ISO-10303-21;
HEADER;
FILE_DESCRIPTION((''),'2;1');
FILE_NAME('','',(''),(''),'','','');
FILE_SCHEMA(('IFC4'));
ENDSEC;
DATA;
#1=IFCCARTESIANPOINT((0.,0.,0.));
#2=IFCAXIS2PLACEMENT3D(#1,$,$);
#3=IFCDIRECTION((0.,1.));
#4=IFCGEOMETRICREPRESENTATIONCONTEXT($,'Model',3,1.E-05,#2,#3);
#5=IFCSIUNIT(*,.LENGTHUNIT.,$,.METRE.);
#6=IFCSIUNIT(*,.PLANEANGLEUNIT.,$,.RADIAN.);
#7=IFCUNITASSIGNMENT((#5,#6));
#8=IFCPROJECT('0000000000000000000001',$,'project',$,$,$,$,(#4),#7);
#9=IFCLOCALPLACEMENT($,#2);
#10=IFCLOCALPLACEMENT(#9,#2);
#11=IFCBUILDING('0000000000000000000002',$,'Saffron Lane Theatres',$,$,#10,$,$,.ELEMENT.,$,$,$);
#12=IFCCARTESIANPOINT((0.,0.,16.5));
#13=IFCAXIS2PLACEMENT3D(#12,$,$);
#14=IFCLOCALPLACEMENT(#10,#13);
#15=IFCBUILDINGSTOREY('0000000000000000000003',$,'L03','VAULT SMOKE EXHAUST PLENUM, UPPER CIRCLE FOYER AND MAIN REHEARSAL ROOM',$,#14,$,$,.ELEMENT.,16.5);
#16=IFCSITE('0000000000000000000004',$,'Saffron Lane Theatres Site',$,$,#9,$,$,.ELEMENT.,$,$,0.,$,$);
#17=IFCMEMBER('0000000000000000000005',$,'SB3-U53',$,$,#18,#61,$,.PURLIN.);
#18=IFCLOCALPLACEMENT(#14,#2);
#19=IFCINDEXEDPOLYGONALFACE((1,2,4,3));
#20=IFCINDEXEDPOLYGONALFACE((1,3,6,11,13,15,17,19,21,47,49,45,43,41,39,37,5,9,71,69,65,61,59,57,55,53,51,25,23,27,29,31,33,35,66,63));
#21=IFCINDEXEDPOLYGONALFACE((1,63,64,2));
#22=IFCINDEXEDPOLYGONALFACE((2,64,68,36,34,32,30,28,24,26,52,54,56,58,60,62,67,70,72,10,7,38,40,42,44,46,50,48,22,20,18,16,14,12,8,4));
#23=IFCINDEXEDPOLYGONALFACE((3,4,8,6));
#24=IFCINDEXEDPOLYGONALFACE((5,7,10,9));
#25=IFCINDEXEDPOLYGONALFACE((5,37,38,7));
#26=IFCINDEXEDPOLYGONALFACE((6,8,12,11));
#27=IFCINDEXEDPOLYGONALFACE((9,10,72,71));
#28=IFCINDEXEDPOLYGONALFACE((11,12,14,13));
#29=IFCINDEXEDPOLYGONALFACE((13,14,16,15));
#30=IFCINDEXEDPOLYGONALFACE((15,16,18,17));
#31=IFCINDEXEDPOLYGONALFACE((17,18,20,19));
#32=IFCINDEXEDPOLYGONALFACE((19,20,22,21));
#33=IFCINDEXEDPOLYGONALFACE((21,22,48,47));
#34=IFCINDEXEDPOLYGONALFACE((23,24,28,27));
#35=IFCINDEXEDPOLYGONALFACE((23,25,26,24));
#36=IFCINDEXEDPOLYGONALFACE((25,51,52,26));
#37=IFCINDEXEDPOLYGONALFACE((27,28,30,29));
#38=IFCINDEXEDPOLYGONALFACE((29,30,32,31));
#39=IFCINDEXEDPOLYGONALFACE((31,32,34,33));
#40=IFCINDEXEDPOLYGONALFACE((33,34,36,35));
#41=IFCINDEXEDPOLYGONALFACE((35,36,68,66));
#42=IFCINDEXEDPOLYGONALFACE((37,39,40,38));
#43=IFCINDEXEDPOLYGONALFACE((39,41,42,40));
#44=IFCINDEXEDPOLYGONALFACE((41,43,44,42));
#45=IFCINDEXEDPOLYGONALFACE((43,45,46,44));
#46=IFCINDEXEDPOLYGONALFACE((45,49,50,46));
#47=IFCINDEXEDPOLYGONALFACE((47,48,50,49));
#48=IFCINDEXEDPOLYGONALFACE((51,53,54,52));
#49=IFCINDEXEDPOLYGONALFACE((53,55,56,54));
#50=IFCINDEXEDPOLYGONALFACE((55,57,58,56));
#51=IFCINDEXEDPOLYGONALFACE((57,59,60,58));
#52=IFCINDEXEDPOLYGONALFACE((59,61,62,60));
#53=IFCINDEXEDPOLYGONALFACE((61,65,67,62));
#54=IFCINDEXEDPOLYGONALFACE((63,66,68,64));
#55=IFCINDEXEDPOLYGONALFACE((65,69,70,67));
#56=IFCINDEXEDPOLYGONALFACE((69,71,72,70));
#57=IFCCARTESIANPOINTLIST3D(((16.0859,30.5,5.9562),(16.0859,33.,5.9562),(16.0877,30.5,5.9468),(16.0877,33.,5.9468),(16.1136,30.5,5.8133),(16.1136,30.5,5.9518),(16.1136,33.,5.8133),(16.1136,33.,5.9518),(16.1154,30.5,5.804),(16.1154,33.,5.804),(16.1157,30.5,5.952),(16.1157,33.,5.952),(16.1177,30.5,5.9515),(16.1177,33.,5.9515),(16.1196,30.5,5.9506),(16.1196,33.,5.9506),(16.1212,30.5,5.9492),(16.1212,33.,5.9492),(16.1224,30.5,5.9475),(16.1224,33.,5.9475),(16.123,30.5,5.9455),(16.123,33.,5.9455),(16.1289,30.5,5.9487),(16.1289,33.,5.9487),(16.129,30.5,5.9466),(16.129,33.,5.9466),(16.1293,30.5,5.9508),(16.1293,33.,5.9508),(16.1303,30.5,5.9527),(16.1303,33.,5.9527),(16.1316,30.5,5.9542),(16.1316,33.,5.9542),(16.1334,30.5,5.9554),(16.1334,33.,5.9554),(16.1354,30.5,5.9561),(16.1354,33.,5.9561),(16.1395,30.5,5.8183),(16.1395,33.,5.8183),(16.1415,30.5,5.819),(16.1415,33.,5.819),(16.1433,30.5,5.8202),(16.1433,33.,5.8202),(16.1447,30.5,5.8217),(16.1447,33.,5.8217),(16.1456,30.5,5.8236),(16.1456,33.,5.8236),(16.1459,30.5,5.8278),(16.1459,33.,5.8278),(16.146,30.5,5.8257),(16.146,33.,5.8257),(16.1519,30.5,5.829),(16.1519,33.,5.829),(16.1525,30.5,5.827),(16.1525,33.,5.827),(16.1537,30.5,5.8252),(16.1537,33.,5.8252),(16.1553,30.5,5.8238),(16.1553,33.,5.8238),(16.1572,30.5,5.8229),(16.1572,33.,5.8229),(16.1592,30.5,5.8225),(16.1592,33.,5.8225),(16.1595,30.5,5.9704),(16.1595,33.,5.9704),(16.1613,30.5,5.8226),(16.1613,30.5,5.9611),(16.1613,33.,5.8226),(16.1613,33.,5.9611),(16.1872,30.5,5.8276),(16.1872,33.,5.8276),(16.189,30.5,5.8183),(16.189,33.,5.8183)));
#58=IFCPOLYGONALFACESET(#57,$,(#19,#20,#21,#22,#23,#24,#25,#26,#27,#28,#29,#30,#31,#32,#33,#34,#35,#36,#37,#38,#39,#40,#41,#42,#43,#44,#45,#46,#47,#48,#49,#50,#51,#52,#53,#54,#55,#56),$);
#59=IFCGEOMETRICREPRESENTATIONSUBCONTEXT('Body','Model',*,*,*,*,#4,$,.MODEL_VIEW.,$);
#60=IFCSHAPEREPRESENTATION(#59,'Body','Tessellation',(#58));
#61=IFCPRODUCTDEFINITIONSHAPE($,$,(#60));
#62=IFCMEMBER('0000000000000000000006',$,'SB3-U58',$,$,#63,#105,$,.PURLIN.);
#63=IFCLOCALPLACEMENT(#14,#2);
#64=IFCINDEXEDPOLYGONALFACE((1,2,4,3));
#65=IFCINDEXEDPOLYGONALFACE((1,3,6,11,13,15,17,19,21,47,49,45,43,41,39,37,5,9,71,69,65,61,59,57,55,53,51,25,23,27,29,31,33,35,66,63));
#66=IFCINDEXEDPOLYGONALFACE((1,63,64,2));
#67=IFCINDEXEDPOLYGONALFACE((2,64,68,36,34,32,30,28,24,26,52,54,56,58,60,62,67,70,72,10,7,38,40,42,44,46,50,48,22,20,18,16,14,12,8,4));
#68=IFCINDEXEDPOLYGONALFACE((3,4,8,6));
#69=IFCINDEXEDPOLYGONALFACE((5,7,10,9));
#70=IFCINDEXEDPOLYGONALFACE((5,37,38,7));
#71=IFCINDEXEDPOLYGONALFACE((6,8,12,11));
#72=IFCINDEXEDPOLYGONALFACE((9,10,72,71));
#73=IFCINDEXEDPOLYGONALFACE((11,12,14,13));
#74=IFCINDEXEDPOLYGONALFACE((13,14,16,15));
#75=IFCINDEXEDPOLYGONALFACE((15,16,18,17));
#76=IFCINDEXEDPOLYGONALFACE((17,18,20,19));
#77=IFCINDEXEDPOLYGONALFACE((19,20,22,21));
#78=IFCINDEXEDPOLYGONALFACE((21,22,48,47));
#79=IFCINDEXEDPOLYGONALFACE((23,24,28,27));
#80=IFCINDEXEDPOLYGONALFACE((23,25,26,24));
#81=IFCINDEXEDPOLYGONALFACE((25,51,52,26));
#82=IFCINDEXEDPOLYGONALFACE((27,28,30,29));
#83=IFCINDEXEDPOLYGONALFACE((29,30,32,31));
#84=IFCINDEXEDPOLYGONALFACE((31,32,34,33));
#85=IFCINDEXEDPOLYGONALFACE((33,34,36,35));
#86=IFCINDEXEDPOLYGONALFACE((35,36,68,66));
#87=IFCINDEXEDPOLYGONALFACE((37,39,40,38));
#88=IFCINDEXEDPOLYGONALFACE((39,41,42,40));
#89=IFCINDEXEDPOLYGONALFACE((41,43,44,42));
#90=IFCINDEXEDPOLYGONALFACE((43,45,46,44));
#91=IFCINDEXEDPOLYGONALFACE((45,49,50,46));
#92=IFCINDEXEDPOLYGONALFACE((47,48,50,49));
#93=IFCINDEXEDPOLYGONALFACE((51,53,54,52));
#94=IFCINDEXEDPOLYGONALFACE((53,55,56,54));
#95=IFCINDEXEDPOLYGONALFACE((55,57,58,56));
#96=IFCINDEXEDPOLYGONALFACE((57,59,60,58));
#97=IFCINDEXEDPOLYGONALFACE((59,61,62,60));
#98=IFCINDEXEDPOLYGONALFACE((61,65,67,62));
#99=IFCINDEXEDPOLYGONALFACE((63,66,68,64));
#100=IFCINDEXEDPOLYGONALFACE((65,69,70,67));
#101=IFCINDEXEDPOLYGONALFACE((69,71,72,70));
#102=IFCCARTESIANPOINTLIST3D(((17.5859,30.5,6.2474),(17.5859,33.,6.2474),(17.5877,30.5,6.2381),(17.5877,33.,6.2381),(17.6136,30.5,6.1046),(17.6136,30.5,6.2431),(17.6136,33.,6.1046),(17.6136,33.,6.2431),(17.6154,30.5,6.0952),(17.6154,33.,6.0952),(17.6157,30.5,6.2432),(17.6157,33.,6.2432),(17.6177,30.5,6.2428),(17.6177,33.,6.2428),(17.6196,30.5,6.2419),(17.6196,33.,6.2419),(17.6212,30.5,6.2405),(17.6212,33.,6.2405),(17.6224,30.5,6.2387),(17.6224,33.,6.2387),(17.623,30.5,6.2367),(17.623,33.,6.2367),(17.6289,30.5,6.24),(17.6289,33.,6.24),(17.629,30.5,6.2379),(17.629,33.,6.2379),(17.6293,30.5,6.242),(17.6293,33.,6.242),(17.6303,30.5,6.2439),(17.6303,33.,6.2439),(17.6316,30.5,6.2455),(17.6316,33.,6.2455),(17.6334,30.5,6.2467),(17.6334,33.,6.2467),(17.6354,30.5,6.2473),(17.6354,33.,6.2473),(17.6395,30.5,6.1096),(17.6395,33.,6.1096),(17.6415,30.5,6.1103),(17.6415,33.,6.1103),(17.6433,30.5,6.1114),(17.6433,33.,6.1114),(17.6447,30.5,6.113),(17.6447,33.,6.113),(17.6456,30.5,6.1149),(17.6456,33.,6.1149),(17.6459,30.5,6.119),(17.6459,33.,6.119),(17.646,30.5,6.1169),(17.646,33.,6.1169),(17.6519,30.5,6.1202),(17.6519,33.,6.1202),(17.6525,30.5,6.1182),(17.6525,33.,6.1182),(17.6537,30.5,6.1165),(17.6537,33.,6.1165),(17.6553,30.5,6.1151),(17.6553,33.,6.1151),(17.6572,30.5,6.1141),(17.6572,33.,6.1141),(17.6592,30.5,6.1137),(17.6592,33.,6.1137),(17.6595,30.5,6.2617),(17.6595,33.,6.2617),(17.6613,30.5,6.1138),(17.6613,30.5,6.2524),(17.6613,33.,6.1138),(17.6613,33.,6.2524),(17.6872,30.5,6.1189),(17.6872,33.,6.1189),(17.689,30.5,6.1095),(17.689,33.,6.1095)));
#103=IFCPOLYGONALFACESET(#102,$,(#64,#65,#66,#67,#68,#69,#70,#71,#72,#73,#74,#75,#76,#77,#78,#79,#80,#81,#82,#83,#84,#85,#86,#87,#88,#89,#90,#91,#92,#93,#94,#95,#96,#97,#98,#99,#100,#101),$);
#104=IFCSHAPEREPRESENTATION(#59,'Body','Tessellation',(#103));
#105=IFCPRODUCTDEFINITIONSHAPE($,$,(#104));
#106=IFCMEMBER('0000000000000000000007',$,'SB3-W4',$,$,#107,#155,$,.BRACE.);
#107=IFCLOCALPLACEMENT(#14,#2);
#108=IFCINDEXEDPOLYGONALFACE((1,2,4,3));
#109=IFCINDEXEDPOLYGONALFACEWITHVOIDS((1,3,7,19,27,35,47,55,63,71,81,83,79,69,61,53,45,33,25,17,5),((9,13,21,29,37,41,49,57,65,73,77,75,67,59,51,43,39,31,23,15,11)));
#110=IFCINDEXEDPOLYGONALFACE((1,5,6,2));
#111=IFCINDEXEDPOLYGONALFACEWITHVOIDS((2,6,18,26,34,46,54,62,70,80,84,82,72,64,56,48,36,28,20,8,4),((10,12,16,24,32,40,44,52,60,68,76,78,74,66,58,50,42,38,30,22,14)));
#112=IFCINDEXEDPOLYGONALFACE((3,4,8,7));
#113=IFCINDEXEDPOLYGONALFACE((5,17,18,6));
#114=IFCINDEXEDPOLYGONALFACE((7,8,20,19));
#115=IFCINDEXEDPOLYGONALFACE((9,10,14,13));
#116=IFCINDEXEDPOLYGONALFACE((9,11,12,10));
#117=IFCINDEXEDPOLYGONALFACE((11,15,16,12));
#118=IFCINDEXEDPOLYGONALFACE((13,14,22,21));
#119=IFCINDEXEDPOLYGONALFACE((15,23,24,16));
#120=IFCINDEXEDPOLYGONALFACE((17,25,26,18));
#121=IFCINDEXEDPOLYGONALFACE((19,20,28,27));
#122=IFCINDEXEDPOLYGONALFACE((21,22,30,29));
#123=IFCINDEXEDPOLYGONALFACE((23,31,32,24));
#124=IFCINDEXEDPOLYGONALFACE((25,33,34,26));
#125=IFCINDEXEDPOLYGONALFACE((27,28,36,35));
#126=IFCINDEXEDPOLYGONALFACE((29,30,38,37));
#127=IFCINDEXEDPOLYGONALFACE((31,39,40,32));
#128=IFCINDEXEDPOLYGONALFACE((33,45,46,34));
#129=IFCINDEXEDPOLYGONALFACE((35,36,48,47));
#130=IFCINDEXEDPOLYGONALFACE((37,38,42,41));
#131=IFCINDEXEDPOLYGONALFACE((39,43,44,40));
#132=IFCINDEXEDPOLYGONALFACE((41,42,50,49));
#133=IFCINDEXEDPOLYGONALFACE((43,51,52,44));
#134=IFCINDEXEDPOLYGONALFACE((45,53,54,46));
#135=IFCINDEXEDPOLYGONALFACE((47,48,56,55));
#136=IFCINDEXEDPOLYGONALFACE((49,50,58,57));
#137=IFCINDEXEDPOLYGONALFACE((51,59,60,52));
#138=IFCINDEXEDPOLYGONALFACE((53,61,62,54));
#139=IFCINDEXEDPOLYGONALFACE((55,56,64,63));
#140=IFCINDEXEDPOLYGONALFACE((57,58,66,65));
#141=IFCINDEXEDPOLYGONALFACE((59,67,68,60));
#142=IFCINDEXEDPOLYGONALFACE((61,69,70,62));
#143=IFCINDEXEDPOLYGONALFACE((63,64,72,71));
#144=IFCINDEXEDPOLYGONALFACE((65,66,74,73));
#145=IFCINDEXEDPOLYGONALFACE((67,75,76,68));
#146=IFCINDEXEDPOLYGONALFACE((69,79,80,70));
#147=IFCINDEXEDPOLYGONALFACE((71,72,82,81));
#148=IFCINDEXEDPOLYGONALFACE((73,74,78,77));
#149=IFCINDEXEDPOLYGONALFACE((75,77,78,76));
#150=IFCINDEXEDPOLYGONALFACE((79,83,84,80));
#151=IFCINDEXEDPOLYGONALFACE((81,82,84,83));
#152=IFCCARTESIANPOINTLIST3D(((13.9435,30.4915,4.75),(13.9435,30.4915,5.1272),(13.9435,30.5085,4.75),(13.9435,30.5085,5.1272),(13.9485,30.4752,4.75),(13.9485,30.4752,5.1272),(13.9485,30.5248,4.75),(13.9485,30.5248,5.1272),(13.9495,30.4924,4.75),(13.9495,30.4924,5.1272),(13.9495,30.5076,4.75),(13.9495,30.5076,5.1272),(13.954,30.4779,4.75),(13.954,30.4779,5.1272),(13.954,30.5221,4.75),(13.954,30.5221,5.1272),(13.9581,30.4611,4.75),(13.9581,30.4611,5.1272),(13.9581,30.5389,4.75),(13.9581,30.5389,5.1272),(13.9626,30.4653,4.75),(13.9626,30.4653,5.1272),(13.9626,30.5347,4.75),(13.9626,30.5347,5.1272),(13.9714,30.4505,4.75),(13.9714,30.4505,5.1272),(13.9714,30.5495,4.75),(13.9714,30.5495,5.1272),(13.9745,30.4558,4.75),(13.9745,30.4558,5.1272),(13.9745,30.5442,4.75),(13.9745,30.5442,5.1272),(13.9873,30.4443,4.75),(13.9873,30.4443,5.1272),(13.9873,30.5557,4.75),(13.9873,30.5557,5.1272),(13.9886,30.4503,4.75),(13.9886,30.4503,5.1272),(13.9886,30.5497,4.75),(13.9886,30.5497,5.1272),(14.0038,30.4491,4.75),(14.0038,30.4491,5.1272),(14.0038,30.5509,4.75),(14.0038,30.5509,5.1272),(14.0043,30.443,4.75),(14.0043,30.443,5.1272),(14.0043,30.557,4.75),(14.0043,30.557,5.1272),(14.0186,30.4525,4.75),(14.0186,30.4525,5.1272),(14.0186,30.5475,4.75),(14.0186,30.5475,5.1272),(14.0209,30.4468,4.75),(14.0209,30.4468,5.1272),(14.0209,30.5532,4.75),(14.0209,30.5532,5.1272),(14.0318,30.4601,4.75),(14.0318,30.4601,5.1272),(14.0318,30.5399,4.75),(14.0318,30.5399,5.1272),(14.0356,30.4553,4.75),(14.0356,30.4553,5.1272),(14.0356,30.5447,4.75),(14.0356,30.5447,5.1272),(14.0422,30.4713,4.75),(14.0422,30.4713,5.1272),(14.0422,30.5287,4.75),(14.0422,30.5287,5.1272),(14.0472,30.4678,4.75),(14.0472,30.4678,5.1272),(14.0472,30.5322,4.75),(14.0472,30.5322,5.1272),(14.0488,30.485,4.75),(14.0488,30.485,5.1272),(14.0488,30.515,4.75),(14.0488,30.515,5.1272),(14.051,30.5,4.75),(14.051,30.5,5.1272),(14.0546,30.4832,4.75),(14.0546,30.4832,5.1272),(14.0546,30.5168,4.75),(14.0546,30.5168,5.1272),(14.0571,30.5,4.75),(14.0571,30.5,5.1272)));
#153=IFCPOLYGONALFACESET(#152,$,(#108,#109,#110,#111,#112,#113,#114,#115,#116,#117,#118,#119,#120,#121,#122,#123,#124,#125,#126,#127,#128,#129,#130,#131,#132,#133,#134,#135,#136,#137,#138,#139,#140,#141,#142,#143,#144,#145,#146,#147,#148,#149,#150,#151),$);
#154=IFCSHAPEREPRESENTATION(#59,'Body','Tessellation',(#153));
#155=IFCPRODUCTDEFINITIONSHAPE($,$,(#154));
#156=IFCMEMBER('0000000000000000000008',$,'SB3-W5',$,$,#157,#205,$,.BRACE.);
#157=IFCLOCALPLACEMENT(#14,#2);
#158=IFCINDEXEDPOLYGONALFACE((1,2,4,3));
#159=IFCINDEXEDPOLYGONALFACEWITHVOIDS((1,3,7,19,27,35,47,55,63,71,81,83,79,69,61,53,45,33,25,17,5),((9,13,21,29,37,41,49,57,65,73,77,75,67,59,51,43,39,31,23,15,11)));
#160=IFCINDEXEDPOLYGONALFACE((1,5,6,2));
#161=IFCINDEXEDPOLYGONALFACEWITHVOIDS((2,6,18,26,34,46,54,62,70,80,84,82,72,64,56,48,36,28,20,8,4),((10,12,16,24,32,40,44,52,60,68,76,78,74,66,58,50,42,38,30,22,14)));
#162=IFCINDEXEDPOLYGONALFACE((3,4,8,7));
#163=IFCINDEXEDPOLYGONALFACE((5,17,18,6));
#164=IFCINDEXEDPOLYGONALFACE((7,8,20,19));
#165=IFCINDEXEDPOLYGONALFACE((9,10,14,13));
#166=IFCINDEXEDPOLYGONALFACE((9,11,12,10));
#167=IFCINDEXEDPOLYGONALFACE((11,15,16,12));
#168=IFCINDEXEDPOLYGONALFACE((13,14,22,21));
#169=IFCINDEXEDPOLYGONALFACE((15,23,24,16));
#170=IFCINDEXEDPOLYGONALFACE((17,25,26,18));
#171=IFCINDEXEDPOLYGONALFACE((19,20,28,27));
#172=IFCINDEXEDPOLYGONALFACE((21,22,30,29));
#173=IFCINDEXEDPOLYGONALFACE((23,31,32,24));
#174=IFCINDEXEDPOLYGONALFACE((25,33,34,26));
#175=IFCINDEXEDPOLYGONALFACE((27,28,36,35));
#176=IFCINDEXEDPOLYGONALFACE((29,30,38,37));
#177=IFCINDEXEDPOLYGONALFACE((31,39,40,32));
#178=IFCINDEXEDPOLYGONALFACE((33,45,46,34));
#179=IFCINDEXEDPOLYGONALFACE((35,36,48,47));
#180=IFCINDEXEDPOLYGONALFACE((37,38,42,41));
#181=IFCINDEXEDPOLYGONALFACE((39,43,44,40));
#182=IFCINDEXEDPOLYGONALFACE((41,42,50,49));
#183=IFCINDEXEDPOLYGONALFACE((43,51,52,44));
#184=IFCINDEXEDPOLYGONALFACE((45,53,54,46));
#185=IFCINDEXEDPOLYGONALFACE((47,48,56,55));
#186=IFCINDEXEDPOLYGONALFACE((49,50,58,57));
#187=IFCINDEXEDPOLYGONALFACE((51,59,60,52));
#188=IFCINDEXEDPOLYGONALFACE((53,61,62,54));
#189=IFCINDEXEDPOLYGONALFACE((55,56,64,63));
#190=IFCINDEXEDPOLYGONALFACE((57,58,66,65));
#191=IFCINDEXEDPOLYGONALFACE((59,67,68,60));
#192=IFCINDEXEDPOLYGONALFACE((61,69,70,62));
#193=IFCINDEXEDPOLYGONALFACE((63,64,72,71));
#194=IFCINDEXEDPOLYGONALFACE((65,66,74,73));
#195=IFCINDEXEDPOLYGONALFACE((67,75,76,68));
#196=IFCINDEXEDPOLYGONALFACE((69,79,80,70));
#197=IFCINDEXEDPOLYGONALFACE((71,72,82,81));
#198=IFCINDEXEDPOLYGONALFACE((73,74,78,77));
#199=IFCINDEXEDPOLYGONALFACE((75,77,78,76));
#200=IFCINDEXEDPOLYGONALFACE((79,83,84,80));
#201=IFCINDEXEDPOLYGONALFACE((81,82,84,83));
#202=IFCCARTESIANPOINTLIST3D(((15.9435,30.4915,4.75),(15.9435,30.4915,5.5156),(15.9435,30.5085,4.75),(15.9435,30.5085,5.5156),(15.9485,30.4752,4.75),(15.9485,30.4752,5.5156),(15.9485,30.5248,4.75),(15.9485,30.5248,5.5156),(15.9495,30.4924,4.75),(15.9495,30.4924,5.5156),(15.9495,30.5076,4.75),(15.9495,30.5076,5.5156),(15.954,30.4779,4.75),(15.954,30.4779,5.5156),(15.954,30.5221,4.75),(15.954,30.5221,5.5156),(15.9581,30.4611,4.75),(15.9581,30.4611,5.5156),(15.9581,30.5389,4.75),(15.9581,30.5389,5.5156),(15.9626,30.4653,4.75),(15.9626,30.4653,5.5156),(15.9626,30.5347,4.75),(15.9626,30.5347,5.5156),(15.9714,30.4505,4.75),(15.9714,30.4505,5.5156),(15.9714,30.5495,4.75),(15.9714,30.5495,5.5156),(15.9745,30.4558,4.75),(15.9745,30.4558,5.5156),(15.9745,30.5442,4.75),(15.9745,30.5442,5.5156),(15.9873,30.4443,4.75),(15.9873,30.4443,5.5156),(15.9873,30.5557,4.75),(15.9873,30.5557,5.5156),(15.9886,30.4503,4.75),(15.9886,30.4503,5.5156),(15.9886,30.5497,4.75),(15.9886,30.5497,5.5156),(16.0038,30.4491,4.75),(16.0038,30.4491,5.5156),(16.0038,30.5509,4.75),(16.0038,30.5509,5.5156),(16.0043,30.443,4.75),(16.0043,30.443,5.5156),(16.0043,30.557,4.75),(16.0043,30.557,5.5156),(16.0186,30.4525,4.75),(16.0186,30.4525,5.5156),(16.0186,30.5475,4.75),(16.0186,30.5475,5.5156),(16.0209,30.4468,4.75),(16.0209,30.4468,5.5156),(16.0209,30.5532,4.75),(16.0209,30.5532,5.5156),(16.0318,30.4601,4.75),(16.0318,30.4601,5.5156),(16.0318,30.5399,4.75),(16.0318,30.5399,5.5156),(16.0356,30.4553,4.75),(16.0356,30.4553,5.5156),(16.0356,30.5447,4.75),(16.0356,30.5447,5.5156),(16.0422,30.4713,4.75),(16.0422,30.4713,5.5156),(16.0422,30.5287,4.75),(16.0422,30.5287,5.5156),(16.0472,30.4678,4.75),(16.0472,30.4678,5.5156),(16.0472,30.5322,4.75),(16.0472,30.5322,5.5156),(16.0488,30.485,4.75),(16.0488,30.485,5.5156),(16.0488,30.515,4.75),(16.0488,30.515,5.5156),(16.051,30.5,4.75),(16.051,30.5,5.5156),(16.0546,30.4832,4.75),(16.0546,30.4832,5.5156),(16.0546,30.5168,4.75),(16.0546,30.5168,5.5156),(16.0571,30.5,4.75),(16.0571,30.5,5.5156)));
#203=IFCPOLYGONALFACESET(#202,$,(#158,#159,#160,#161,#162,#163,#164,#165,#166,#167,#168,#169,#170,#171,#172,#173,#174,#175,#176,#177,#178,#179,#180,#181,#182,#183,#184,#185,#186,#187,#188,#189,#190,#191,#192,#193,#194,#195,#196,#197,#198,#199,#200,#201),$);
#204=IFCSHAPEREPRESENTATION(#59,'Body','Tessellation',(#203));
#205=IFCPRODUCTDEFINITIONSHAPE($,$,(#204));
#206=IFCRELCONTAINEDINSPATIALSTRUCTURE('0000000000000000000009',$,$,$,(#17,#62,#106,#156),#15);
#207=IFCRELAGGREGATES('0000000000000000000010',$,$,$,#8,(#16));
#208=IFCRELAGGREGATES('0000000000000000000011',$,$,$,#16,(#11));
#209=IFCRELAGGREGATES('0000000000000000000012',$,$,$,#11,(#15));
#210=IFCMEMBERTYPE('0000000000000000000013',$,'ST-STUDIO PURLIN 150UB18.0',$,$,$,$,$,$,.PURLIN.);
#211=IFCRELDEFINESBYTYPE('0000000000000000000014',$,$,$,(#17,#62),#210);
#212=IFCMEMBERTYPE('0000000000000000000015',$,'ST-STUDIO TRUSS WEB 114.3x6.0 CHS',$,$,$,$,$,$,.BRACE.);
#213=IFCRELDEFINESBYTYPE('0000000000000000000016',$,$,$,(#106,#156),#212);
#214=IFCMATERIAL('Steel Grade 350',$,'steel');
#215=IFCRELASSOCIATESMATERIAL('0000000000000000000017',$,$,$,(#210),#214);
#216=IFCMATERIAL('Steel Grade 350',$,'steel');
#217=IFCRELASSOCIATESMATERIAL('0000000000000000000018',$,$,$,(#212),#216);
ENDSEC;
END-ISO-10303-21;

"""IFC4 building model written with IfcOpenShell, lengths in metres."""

from ifc_helpers import new_model, si_unit, direction, frame, origin, origin_2d, place, context, subcontext, project, spatial, hollow_circle, i_section, extrude, material, material_profile, profile_set, type_object, element, save


model = new_model("IFC4")

# Units and contexts
model_context = context("Model", 3, precision=1e-05, world=origin(), true_north=direction((0.0, 1.0)))
body_context = subcontext(model_context, "Body", "Model", "MODEL_VIEW")
ifc_project = project(units=[si_unit("LENGTHUNIT", "METRE"), si_unit("PLANEANGLEUNIT", "RADIAN")], contexts=[model_context])

# Site, building, storey
site_placement = place(None, origin())
site = spatial("IfcSite", under=ifc_project, at=site_placement, Name="Saffron Lane Theatres Site", CompositionType="ELEMENT", RefElevation=0.0)
building_placement = place(site_placement, origin())
building = spatial("IfcBuilding", under=site, at=building_placement, Name="Saffron Lane Theatres", CompositionType="ELEMENT")
storey_placement = place(building_placement, frame((0.0, 0.0, 16.5)))
storey = spatial("IfcBuildingStorey", under=building, at=storey_placement, Name="L03", Description="VAULT SMOKE EXHAUST PLENUM, UPPER CIRCLE FOYER AND MAIN REHEARSAL ROOM", CompositionType="ELEMENT", Elevation=16.5)

# Members
ifc_material_1 = material(Name="Steel Grade 350", Category="steel")
ifc_material_profile_1 = material_profile(ifc_material_1, i_section(OverallWidth=0.075, OverallDepth=0.155, WebThickness=0.0061, FlangeThickness=0.0095, FilletRadius=0.0081, at=origin_2d()))
ifc_profile_set_1 = profile_set([ifc_material_profile_1], Name="Steel Grade 350")
member_type_1 = type_object("IfcMemberType", Name="ST-STUDIO PURLIN 150UB18.0", PredefinedType="PURLIN", material=ifc_profile_set_1)
for number, where, z_axis, x_axis, name in (
    (1, (16.1375, 30.5, 5.8872), (0.0, 1.0, 0.0), (-0.981661, 0.0, -0.190637), "SB3-U53"),
    (2, (17.6375, 30.5, 6.1785), (0.0, 1.0, 0.0), (-0.981661, 0.0, -0.190637), "SB3-U58"),
):
    element("IfcMember", number, at=place(storey_placement, frame(where, z_axis=z_axis, x_axis=x_axis)), inside=storey, type_object=member_type_1, Name=name, PredefinedType="PURLIN", context=body_context, shape_type="SweptSolid", body=[
        extrude(i_section(OverallWidth=0.075, OverallDepth=0.155, WebThickness=0.0061, FlangeThickness=0.0095, FilletRadius=0.0081, at=origin_2d()), origin(), (0.0, 0.0, 1.0), 2.5),
    ])
ifc_material_2 = material(Name="Steel Grade 350", Category="steel")
ifc_material_profile_2 = material_profile(ifc_material_2, hollow_circle(Radius=0.0571, WallThickness=0.0061, at=origin_2d()))
ifc_profile_set_2 = profile_set([ifc_material_profile_2], Name="Steel Grade 350")
member_type_2 = type_object("IfcMemberType", Name="ST-STUDIO TRUSS WEB 114.3x6.0 CHS", PredefinedType="BRACE", material=ifc_profile_set_2)
member_1_placement = place(storey_placement, frame((14.0, 30.5, 4.75), z_axis=(0.0, 0.0, 1.0), x_axis=(1.0, 0.0, 0.0)))
element("IfcMember", 3, at=member_1_placement, inside=storey, type_object=member_type_2, Name="SB3-W4", PredefinedType="BRACE", context=body_context, shape_type="SweptSolid", body=[
    extrude(hollow_circle(Radius=0.0571, WallThickness=0.0061, at=origin_2d()), origin(), (0.0, 0.0, 1.0), 0.3772),
])
member_2_placement = place(storey_placement, frame((16.0, 30.5, 4.75), z_axis=(0.0, 0.0, 1.0), x_axis=(1.0, 0.0, 0.0)))
element("IfcMember", 4, at=member_2_placement, inside=storey, type_object=member_type_2, Name="SB3-W5", PredefinedType="BRACE", context=body_context, shape_type="SweptSolid", body=[
    extrude(hollow_circle(Radius=0.0571, WallThickness=0.0061, at=origin_2d()), origin(), (0.0, 0.0, 1.0), 0.7656),
])

save(model, "model.ifc")
